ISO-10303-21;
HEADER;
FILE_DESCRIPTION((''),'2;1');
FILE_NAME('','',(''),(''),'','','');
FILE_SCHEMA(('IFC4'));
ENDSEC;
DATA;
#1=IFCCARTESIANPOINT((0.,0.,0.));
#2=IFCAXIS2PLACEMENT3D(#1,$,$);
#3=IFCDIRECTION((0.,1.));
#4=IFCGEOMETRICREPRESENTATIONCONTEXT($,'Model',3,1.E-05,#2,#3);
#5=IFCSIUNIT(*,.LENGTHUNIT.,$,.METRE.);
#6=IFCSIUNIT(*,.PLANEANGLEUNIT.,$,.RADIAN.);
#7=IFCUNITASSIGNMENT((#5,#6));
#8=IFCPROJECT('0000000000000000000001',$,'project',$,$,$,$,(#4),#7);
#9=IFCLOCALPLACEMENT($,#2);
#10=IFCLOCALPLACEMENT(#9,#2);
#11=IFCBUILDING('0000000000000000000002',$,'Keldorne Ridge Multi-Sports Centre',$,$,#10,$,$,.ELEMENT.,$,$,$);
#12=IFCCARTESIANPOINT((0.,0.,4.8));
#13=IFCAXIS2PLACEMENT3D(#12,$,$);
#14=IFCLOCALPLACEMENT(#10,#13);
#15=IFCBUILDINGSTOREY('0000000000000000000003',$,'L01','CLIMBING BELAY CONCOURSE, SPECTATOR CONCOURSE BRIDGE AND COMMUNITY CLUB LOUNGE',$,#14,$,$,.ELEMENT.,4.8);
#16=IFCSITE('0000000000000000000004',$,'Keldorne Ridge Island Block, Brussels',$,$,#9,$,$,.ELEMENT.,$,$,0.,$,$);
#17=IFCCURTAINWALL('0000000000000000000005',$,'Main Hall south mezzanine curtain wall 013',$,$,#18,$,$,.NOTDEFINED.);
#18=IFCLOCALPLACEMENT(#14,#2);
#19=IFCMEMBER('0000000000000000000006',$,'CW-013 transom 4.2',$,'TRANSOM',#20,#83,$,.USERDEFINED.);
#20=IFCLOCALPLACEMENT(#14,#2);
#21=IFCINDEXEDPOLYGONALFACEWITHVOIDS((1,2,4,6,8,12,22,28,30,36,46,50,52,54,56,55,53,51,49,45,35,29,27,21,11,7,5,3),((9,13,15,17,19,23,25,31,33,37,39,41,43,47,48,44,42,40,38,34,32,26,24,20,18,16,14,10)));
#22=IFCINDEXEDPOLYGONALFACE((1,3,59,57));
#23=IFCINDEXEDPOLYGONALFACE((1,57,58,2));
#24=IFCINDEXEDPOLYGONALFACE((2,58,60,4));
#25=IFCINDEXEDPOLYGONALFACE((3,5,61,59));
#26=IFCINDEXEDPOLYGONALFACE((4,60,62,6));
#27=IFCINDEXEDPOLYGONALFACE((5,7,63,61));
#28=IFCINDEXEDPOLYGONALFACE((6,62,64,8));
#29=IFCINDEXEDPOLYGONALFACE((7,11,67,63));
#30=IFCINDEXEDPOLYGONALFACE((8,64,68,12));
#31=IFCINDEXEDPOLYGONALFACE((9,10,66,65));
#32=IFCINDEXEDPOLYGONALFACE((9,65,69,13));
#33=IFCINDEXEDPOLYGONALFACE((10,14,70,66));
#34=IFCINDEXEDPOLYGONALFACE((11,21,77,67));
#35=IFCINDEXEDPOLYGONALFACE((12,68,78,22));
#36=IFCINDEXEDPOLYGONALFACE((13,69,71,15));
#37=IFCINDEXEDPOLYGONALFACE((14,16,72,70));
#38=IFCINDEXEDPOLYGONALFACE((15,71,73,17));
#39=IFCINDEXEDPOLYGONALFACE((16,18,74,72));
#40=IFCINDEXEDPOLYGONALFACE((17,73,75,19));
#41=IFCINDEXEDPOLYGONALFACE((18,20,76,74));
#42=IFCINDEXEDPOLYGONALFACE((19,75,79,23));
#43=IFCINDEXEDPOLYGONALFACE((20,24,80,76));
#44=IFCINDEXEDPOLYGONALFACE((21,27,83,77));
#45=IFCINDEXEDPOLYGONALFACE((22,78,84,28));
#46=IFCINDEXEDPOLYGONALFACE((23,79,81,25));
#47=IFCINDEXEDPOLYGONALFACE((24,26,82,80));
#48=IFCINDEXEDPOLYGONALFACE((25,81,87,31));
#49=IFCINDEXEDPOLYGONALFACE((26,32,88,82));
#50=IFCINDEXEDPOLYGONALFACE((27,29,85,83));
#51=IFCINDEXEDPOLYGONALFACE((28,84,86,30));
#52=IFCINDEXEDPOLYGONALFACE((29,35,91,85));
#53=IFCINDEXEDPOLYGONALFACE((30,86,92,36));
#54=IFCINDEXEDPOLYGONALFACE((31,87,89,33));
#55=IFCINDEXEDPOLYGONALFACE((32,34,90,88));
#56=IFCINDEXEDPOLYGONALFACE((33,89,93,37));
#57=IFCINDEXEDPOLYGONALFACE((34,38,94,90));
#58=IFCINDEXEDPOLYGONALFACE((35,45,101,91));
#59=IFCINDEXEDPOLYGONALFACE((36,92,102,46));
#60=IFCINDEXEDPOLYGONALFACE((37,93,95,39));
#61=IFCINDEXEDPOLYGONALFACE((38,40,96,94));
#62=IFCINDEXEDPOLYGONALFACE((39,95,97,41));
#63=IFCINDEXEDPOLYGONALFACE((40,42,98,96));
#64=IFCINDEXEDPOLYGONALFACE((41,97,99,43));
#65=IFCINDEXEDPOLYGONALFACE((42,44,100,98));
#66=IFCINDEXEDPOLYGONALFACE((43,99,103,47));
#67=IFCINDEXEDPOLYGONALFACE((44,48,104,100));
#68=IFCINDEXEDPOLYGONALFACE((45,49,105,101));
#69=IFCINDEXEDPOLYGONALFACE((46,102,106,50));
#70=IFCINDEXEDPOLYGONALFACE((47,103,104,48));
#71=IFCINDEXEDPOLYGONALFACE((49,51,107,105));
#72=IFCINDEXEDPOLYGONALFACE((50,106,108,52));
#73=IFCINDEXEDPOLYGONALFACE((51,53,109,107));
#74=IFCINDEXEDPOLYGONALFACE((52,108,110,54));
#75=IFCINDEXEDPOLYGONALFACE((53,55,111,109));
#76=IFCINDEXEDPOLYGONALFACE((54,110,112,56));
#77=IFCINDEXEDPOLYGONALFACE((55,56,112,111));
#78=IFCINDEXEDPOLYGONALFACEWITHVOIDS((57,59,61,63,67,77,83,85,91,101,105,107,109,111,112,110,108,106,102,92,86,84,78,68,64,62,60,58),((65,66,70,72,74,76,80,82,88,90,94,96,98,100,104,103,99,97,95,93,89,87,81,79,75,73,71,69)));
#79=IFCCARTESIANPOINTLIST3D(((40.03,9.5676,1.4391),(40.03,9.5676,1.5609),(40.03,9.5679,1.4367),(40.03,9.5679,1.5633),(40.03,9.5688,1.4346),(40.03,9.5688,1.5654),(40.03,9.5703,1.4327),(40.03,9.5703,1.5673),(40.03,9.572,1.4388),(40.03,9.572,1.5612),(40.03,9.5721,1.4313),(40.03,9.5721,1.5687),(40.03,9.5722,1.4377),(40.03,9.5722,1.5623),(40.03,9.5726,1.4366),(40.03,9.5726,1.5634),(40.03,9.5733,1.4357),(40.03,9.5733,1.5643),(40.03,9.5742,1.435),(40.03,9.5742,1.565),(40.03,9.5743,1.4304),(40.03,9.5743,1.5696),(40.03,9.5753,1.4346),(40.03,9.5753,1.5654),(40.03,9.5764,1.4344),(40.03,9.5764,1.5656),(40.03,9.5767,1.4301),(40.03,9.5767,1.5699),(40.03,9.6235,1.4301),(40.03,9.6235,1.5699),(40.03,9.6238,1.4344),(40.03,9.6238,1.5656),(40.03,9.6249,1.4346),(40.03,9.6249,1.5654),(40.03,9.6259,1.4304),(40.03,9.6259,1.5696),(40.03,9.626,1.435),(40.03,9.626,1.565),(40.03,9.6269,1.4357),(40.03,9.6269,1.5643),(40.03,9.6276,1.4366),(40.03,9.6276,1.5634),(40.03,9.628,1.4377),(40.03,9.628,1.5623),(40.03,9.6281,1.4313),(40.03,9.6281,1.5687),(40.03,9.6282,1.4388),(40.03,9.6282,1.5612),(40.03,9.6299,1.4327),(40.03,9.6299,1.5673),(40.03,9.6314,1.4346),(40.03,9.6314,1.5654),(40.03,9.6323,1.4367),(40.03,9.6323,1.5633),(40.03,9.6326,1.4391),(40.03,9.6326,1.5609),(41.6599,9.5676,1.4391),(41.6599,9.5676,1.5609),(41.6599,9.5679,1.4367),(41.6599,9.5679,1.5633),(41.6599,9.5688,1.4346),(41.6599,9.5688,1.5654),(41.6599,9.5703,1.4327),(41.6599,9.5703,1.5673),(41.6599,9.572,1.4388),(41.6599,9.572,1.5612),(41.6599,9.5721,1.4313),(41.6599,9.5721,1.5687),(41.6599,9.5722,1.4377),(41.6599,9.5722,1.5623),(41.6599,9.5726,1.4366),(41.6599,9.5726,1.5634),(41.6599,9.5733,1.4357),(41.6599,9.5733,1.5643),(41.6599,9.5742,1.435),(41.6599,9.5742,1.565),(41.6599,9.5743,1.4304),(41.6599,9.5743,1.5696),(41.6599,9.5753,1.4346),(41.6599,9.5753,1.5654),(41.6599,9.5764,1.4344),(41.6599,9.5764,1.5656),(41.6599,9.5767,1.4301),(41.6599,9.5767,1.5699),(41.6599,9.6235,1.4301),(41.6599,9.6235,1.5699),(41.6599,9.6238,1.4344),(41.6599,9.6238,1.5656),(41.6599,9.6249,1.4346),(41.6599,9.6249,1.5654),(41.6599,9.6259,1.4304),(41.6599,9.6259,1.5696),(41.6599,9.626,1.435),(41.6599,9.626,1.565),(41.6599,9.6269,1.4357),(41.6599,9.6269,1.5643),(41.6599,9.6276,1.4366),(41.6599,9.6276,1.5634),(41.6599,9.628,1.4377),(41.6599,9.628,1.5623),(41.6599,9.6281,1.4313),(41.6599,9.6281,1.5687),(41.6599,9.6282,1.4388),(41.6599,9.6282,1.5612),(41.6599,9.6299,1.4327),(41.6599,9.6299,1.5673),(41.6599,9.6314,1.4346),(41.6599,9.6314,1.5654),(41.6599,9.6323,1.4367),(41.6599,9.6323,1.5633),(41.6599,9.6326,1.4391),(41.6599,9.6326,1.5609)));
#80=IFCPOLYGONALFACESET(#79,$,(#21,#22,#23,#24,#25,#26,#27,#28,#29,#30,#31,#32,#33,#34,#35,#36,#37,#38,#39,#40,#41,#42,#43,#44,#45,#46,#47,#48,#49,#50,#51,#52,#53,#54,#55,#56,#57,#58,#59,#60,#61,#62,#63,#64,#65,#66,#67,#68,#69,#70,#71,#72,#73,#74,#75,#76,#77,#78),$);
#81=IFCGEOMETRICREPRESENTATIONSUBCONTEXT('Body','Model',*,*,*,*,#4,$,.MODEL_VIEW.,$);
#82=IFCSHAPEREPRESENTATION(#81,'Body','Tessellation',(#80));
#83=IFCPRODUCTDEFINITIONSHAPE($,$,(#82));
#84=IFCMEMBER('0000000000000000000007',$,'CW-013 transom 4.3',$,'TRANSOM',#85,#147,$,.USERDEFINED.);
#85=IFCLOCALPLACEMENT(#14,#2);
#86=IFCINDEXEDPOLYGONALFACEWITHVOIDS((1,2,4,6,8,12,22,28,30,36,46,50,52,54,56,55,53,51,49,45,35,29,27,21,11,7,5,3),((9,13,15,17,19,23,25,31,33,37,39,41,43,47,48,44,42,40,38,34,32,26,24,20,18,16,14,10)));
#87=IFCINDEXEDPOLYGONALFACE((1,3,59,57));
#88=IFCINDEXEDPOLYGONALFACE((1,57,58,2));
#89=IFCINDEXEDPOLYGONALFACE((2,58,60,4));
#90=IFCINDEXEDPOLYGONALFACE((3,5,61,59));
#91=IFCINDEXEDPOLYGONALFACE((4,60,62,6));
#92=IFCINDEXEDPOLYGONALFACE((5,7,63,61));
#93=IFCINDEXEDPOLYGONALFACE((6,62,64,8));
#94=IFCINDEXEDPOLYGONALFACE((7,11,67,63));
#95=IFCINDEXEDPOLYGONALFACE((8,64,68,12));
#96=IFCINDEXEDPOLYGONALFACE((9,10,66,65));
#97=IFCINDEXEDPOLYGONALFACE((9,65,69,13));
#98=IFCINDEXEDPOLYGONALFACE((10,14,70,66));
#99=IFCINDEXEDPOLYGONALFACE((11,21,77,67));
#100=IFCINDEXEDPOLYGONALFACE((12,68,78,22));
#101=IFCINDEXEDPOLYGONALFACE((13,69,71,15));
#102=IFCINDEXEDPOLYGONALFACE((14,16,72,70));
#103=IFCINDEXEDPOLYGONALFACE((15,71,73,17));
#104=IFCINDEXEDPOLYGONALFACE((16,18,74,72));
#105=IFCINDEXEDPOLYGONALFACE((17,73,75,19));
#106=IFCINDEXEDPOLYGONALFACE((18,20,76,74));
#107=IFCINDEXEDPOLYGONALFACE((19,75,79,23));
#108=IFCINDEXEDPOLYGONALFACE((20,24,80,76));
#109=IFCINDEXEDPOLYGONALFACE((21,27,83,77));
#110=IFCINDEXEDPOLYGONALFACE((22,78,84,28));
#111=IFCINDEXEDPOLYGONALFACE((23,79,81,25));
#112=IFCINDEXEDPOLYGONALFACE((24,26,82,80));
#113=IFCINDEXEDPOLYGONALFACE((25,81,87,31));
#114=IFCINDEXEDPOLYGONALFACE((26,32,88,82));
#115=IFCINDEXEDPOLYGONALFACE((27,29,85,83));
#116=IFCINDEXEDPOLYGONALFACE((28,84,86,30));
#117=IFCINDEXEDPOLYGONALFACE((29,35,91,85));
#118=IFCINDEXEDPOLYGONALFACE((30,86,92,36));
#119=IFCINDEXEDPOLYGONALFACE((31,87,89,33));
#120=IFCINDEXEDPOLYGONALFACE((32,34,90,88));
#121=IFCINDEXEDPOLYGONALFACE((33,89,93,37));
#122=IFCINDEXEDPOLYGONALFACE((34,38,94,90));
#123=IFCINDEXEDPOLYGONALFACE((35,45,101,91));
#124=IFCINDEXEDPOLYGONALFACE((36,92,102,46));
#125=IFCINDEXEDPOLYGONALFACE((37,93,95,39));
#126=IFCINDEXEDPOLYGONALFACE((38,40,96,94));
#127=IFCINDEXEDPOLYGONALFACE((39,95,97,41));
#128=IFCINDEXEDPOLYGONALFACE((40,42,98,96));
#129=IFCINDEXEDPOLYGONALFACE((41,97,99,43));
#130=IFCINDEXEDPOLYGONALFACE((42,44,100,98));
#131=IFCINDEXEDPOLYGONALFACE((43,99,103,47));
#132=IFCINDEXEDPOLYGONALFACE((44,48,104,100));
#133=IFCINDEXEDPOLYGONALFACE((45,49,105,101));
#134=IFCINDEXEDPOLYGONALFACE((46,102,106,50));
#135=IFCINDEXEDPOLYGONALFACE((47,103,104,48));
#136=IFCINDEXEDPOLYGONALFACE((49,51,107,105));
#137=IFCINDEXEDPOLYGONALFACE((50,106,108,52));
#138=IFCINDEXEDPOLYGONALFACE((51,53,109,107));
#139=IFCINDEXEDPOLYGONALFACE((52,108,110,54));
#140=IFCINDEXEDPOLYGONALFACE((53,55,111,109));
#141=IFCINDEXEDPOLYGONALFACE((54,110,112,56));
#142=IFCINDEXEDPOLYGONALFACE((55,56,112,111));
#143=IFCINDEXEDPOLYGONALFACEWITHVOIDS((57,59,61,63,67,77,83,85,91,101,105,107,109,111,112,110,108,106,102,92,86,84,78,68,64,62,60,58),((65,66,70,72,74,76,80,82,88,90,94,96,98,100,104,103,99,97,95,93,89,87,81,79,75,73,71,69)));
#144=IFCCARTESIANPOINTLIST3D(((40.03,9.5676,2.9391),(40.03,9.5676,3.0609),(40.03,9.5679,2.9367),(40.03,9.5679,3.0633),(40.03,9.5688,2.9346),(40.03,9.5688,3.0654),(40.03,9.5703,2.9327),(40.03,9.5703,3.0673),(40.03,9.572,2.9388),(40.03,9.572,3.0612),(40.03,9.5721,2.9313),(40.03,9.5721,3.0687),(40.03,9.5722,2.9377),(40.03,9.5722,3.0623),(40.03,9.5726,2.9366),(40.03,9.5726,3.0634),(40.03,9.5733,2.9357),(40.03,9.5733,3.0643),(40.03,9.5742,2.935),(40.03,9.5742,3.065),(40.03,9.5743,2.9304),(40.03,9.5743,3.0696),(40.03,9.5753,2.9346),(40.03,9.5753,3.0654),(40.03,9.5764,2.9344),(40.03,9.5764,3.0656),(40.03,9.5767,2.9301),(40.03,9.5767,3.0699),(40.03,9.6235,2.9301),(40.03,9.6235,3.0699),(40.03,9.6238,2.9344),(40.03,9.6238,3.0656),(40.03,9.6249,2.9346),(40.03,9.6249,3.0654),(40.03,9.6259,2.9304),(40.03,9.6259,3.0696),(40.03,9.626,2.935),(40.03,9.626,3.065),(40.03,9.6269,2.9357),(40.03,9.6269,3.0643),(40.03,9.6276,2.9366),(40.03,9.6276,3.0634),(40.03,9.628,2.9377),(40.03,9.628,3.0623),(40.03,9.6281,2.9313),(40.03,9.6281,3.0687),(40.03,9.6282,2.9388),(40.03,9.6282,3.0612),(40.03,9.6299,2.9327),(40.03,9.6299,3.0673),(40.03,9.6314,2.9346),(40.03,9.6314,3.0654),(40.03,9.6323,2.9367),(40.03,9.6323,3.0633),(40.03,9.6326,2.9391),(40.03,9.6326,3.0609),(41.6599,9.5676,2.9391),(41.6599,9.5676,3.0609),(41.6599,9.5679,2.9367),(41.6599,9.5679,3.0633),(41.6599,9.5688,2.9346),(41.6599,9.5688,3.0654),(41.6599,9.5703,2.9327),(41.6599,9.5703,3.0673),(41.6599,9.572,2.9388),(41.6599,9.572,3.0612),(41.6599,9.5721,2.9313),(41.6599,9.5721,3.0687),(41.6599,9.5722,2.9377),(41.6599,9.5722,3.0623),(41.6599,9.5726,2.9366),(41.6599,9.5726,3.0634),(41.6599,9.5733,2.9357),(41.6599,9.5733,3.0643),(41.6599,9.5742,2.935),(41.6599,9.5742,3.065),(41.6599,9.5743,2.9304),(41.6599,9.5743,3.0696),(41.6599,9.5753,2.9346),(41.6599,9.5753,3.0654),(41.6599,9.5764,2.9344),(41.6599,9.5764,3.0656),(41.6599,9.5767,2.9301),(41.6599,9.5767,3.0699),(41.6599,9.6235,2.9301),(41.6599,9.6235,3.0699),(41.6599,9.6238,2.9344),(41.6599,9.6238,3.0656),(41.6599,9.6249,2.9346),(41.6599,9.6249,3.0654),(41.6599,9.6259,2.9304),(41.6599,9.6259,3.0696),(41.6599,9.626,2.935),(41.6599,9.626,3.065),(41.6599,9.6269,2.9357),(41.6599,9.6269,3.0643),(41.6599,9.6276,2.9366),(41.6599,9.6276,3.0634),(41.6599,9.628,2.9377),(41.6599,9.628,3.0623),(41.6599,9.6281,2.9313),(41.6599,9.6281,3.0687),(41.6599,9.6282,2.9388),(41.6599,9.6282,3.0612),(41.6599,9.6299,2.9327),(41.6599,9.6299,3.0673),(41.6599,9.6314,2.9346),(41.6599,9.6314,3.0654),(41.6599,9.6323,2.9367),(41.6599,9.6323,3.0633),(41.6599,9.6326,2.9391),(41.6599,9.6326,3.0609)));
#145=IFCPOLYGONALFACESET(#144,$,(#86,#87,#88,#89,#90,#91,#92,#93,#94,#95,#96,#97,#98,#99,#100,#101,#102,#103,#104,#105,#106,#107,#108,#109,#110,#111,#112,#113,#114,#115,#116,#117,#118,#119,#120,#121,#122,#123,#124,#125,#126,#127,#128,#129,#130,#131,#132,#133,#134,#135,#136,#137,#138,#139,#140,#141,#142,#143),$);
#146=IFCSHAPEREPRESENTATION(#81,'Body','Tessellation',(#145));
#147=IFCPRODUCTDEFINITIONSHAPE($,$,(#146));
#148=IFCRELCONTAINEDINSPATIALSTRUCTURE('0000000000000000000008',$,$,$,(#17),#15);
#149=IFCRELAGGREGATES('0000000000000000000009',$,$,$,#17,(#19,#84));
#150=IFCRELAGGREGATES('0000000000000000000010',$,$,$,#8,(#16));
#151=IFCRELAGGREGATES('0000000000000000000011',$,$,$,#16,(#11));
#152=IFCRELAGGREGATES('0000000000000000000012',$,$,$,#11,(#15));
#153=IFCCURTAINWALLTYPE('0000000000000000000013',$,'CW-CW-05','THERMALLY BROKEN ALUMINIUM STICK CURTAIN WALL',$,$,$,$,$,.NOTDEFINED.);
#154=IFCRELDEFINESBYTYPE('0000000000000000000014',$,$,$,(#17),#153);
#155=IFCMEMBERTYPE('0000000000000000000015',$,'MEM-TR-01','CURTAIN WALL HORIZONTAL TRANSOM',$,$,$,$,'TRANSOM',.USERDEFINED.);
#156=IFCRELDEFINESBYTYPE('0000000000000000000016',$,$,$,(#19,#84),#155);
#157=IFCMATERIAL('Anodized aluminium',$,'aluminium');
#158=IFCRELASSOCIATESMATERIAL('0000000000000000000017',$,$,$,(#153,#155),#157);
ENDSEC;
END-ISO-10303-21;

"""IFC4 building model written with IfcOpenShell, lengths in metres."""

from ifc_helpers import new_model, si_unit, direction, frame, origin, origin_2d, place, context, subcontext, project, spatial, hollow_rectangle, extrude, material, material_profile, profile_set, type_object, element, aggregate, save


model = new_model("IFC4")

# Units and contexts
model_context = context("Model", 3, precision=1e-05, world=origin(), true_north=direction((0.0, 1.0)))
body_context = subcontext(model_context, "Body", "Model", "MODEL_VIEW")
ifc_project = project(units=[si_unit("LENGTHUNIT", "METRE"), si_unit("PLANEANGLEUNIT", "RADIAN")], contexts=[model_context])

# Site, building, storey
site_placement = place(None, origin())
site = spatial("IfcSite", under=ifc_project, at=site_placement, Name="Keldorne Ridge Island Block, Brussels", CompositionType="ELEMENT", RefElevation=0.0)
building_placement = place(site_placement, origin())
building = spatial("IfcBuilding", under=site, at=building_placement, Name="Keldorne Ridge Multi-Sports Centre", CompositionType="ELEMENT")
storey_placement = place(building_placement, frame((0.0, 0.0, 4.8)))
storey = spatial("IfcBuildingStorey", under=building, at=storey_placement, Name="L01", Description="CLIMBING BELAY CONCOURSE, SPECTATOR CONCOURSE BRIDGE AND COMMUNITY CLUB LOUNGE", CompositionType="ELEMENT", Elevation=4.8)

# Curtain wall, members
ifc_material_1 = material(Name="Anodized aluminium", Category="aluminium")
curtain_wall_type = type_object("IfcCurtainWallType", Name="CW-CW-05", Description="THERMALLY BROKEN ALUMINIUM STICK CURTAIN WALL", PredefinedType="NOTDEFINED", material=ifc_material_1)
curtain_wall_placement = place(storey_placement, origin())
curtain_wall = element("IfcCurtainWall", 1, at=curtain_wall_placement, inside=storey, type_object=curtain_wall_type, Name="Main Hall south mezzanine curtain wall 013", PredefinedType="NOTDEFINED")
ifc_material_profile_1 = material_profile(ifc_material_1, hollow_rectangle(XDim=0.0649, YDim=0.1399, WallThickness=0.0044, InnerFilletRadius=0.0044, OuterFilletRadius=0.009, at=origin_2d()), Name="ALU TRANSOM 140x65x4.5")
ifc_profile_set_1 = profile_set([ifc_material_profile_1], Name="Anodized aluminium")
member_type_1 = type_object("IfcMemberType", Name="MEM-TR-01", Description="CURTAIN WALL HORIZONTAL TRANSOM", ElementType="TRANSOM", PredefinedType="USERDEFINED", material=ifc_profile_set_1)
member_1_placement = place(storey_placement, frame((40.03, 9.6001, 1.5), z_axis=(1.0, 0.0, 0.0), x_axis=(0.0, 1.0, 0.0)))
member_1 = element("IfcMember", 2, at=member_1_placement, type_object=member_type_1, Name="CW-013 transom 4.2", ObjectType="TRANSOM", PredefinedType="USERDEFINED", context=body_context, shape_type="SweptSolid", body=[
    extrude(hollow_rectangle(XDim=0.0649, YDim=0.1399, WallThickness=0.0044, InnerFilletRadius=0.0044, OuterFilletRadius=0.009, at=origin_2d()), origin(), (0.0, 0.0, 1.0), 1.6299),
])
member_2_placement = place(storey_placement, frame((40.03, 9.6001, 3.0), z_axis=(1.0, 0.0, 0.0), x_axis=(0.0, 1.0, 0.0)))
member_2 = element("IfcMember", 3, at=member_2_placement, type_object=member_type_1, Name="CW-013 transom 4.3", ObjectType="TRANSOM", PredefinedType="USERDEFINED", context=body_context, shape_type="SweptSolid", body=[
    extrude(hollow_rectangle(XDim=0.0649, YDim=0.1399, WallThickness=0.0044, InnerFilletRadius=0.0044, OuterFilletRadius=0.009, at=origin_2d()), origin(), (0.0, 0.0, 1.0), 1.6299),
])
aggregate(curtain_wall, [member_1, member_2])

save(model, "model.ifc")
